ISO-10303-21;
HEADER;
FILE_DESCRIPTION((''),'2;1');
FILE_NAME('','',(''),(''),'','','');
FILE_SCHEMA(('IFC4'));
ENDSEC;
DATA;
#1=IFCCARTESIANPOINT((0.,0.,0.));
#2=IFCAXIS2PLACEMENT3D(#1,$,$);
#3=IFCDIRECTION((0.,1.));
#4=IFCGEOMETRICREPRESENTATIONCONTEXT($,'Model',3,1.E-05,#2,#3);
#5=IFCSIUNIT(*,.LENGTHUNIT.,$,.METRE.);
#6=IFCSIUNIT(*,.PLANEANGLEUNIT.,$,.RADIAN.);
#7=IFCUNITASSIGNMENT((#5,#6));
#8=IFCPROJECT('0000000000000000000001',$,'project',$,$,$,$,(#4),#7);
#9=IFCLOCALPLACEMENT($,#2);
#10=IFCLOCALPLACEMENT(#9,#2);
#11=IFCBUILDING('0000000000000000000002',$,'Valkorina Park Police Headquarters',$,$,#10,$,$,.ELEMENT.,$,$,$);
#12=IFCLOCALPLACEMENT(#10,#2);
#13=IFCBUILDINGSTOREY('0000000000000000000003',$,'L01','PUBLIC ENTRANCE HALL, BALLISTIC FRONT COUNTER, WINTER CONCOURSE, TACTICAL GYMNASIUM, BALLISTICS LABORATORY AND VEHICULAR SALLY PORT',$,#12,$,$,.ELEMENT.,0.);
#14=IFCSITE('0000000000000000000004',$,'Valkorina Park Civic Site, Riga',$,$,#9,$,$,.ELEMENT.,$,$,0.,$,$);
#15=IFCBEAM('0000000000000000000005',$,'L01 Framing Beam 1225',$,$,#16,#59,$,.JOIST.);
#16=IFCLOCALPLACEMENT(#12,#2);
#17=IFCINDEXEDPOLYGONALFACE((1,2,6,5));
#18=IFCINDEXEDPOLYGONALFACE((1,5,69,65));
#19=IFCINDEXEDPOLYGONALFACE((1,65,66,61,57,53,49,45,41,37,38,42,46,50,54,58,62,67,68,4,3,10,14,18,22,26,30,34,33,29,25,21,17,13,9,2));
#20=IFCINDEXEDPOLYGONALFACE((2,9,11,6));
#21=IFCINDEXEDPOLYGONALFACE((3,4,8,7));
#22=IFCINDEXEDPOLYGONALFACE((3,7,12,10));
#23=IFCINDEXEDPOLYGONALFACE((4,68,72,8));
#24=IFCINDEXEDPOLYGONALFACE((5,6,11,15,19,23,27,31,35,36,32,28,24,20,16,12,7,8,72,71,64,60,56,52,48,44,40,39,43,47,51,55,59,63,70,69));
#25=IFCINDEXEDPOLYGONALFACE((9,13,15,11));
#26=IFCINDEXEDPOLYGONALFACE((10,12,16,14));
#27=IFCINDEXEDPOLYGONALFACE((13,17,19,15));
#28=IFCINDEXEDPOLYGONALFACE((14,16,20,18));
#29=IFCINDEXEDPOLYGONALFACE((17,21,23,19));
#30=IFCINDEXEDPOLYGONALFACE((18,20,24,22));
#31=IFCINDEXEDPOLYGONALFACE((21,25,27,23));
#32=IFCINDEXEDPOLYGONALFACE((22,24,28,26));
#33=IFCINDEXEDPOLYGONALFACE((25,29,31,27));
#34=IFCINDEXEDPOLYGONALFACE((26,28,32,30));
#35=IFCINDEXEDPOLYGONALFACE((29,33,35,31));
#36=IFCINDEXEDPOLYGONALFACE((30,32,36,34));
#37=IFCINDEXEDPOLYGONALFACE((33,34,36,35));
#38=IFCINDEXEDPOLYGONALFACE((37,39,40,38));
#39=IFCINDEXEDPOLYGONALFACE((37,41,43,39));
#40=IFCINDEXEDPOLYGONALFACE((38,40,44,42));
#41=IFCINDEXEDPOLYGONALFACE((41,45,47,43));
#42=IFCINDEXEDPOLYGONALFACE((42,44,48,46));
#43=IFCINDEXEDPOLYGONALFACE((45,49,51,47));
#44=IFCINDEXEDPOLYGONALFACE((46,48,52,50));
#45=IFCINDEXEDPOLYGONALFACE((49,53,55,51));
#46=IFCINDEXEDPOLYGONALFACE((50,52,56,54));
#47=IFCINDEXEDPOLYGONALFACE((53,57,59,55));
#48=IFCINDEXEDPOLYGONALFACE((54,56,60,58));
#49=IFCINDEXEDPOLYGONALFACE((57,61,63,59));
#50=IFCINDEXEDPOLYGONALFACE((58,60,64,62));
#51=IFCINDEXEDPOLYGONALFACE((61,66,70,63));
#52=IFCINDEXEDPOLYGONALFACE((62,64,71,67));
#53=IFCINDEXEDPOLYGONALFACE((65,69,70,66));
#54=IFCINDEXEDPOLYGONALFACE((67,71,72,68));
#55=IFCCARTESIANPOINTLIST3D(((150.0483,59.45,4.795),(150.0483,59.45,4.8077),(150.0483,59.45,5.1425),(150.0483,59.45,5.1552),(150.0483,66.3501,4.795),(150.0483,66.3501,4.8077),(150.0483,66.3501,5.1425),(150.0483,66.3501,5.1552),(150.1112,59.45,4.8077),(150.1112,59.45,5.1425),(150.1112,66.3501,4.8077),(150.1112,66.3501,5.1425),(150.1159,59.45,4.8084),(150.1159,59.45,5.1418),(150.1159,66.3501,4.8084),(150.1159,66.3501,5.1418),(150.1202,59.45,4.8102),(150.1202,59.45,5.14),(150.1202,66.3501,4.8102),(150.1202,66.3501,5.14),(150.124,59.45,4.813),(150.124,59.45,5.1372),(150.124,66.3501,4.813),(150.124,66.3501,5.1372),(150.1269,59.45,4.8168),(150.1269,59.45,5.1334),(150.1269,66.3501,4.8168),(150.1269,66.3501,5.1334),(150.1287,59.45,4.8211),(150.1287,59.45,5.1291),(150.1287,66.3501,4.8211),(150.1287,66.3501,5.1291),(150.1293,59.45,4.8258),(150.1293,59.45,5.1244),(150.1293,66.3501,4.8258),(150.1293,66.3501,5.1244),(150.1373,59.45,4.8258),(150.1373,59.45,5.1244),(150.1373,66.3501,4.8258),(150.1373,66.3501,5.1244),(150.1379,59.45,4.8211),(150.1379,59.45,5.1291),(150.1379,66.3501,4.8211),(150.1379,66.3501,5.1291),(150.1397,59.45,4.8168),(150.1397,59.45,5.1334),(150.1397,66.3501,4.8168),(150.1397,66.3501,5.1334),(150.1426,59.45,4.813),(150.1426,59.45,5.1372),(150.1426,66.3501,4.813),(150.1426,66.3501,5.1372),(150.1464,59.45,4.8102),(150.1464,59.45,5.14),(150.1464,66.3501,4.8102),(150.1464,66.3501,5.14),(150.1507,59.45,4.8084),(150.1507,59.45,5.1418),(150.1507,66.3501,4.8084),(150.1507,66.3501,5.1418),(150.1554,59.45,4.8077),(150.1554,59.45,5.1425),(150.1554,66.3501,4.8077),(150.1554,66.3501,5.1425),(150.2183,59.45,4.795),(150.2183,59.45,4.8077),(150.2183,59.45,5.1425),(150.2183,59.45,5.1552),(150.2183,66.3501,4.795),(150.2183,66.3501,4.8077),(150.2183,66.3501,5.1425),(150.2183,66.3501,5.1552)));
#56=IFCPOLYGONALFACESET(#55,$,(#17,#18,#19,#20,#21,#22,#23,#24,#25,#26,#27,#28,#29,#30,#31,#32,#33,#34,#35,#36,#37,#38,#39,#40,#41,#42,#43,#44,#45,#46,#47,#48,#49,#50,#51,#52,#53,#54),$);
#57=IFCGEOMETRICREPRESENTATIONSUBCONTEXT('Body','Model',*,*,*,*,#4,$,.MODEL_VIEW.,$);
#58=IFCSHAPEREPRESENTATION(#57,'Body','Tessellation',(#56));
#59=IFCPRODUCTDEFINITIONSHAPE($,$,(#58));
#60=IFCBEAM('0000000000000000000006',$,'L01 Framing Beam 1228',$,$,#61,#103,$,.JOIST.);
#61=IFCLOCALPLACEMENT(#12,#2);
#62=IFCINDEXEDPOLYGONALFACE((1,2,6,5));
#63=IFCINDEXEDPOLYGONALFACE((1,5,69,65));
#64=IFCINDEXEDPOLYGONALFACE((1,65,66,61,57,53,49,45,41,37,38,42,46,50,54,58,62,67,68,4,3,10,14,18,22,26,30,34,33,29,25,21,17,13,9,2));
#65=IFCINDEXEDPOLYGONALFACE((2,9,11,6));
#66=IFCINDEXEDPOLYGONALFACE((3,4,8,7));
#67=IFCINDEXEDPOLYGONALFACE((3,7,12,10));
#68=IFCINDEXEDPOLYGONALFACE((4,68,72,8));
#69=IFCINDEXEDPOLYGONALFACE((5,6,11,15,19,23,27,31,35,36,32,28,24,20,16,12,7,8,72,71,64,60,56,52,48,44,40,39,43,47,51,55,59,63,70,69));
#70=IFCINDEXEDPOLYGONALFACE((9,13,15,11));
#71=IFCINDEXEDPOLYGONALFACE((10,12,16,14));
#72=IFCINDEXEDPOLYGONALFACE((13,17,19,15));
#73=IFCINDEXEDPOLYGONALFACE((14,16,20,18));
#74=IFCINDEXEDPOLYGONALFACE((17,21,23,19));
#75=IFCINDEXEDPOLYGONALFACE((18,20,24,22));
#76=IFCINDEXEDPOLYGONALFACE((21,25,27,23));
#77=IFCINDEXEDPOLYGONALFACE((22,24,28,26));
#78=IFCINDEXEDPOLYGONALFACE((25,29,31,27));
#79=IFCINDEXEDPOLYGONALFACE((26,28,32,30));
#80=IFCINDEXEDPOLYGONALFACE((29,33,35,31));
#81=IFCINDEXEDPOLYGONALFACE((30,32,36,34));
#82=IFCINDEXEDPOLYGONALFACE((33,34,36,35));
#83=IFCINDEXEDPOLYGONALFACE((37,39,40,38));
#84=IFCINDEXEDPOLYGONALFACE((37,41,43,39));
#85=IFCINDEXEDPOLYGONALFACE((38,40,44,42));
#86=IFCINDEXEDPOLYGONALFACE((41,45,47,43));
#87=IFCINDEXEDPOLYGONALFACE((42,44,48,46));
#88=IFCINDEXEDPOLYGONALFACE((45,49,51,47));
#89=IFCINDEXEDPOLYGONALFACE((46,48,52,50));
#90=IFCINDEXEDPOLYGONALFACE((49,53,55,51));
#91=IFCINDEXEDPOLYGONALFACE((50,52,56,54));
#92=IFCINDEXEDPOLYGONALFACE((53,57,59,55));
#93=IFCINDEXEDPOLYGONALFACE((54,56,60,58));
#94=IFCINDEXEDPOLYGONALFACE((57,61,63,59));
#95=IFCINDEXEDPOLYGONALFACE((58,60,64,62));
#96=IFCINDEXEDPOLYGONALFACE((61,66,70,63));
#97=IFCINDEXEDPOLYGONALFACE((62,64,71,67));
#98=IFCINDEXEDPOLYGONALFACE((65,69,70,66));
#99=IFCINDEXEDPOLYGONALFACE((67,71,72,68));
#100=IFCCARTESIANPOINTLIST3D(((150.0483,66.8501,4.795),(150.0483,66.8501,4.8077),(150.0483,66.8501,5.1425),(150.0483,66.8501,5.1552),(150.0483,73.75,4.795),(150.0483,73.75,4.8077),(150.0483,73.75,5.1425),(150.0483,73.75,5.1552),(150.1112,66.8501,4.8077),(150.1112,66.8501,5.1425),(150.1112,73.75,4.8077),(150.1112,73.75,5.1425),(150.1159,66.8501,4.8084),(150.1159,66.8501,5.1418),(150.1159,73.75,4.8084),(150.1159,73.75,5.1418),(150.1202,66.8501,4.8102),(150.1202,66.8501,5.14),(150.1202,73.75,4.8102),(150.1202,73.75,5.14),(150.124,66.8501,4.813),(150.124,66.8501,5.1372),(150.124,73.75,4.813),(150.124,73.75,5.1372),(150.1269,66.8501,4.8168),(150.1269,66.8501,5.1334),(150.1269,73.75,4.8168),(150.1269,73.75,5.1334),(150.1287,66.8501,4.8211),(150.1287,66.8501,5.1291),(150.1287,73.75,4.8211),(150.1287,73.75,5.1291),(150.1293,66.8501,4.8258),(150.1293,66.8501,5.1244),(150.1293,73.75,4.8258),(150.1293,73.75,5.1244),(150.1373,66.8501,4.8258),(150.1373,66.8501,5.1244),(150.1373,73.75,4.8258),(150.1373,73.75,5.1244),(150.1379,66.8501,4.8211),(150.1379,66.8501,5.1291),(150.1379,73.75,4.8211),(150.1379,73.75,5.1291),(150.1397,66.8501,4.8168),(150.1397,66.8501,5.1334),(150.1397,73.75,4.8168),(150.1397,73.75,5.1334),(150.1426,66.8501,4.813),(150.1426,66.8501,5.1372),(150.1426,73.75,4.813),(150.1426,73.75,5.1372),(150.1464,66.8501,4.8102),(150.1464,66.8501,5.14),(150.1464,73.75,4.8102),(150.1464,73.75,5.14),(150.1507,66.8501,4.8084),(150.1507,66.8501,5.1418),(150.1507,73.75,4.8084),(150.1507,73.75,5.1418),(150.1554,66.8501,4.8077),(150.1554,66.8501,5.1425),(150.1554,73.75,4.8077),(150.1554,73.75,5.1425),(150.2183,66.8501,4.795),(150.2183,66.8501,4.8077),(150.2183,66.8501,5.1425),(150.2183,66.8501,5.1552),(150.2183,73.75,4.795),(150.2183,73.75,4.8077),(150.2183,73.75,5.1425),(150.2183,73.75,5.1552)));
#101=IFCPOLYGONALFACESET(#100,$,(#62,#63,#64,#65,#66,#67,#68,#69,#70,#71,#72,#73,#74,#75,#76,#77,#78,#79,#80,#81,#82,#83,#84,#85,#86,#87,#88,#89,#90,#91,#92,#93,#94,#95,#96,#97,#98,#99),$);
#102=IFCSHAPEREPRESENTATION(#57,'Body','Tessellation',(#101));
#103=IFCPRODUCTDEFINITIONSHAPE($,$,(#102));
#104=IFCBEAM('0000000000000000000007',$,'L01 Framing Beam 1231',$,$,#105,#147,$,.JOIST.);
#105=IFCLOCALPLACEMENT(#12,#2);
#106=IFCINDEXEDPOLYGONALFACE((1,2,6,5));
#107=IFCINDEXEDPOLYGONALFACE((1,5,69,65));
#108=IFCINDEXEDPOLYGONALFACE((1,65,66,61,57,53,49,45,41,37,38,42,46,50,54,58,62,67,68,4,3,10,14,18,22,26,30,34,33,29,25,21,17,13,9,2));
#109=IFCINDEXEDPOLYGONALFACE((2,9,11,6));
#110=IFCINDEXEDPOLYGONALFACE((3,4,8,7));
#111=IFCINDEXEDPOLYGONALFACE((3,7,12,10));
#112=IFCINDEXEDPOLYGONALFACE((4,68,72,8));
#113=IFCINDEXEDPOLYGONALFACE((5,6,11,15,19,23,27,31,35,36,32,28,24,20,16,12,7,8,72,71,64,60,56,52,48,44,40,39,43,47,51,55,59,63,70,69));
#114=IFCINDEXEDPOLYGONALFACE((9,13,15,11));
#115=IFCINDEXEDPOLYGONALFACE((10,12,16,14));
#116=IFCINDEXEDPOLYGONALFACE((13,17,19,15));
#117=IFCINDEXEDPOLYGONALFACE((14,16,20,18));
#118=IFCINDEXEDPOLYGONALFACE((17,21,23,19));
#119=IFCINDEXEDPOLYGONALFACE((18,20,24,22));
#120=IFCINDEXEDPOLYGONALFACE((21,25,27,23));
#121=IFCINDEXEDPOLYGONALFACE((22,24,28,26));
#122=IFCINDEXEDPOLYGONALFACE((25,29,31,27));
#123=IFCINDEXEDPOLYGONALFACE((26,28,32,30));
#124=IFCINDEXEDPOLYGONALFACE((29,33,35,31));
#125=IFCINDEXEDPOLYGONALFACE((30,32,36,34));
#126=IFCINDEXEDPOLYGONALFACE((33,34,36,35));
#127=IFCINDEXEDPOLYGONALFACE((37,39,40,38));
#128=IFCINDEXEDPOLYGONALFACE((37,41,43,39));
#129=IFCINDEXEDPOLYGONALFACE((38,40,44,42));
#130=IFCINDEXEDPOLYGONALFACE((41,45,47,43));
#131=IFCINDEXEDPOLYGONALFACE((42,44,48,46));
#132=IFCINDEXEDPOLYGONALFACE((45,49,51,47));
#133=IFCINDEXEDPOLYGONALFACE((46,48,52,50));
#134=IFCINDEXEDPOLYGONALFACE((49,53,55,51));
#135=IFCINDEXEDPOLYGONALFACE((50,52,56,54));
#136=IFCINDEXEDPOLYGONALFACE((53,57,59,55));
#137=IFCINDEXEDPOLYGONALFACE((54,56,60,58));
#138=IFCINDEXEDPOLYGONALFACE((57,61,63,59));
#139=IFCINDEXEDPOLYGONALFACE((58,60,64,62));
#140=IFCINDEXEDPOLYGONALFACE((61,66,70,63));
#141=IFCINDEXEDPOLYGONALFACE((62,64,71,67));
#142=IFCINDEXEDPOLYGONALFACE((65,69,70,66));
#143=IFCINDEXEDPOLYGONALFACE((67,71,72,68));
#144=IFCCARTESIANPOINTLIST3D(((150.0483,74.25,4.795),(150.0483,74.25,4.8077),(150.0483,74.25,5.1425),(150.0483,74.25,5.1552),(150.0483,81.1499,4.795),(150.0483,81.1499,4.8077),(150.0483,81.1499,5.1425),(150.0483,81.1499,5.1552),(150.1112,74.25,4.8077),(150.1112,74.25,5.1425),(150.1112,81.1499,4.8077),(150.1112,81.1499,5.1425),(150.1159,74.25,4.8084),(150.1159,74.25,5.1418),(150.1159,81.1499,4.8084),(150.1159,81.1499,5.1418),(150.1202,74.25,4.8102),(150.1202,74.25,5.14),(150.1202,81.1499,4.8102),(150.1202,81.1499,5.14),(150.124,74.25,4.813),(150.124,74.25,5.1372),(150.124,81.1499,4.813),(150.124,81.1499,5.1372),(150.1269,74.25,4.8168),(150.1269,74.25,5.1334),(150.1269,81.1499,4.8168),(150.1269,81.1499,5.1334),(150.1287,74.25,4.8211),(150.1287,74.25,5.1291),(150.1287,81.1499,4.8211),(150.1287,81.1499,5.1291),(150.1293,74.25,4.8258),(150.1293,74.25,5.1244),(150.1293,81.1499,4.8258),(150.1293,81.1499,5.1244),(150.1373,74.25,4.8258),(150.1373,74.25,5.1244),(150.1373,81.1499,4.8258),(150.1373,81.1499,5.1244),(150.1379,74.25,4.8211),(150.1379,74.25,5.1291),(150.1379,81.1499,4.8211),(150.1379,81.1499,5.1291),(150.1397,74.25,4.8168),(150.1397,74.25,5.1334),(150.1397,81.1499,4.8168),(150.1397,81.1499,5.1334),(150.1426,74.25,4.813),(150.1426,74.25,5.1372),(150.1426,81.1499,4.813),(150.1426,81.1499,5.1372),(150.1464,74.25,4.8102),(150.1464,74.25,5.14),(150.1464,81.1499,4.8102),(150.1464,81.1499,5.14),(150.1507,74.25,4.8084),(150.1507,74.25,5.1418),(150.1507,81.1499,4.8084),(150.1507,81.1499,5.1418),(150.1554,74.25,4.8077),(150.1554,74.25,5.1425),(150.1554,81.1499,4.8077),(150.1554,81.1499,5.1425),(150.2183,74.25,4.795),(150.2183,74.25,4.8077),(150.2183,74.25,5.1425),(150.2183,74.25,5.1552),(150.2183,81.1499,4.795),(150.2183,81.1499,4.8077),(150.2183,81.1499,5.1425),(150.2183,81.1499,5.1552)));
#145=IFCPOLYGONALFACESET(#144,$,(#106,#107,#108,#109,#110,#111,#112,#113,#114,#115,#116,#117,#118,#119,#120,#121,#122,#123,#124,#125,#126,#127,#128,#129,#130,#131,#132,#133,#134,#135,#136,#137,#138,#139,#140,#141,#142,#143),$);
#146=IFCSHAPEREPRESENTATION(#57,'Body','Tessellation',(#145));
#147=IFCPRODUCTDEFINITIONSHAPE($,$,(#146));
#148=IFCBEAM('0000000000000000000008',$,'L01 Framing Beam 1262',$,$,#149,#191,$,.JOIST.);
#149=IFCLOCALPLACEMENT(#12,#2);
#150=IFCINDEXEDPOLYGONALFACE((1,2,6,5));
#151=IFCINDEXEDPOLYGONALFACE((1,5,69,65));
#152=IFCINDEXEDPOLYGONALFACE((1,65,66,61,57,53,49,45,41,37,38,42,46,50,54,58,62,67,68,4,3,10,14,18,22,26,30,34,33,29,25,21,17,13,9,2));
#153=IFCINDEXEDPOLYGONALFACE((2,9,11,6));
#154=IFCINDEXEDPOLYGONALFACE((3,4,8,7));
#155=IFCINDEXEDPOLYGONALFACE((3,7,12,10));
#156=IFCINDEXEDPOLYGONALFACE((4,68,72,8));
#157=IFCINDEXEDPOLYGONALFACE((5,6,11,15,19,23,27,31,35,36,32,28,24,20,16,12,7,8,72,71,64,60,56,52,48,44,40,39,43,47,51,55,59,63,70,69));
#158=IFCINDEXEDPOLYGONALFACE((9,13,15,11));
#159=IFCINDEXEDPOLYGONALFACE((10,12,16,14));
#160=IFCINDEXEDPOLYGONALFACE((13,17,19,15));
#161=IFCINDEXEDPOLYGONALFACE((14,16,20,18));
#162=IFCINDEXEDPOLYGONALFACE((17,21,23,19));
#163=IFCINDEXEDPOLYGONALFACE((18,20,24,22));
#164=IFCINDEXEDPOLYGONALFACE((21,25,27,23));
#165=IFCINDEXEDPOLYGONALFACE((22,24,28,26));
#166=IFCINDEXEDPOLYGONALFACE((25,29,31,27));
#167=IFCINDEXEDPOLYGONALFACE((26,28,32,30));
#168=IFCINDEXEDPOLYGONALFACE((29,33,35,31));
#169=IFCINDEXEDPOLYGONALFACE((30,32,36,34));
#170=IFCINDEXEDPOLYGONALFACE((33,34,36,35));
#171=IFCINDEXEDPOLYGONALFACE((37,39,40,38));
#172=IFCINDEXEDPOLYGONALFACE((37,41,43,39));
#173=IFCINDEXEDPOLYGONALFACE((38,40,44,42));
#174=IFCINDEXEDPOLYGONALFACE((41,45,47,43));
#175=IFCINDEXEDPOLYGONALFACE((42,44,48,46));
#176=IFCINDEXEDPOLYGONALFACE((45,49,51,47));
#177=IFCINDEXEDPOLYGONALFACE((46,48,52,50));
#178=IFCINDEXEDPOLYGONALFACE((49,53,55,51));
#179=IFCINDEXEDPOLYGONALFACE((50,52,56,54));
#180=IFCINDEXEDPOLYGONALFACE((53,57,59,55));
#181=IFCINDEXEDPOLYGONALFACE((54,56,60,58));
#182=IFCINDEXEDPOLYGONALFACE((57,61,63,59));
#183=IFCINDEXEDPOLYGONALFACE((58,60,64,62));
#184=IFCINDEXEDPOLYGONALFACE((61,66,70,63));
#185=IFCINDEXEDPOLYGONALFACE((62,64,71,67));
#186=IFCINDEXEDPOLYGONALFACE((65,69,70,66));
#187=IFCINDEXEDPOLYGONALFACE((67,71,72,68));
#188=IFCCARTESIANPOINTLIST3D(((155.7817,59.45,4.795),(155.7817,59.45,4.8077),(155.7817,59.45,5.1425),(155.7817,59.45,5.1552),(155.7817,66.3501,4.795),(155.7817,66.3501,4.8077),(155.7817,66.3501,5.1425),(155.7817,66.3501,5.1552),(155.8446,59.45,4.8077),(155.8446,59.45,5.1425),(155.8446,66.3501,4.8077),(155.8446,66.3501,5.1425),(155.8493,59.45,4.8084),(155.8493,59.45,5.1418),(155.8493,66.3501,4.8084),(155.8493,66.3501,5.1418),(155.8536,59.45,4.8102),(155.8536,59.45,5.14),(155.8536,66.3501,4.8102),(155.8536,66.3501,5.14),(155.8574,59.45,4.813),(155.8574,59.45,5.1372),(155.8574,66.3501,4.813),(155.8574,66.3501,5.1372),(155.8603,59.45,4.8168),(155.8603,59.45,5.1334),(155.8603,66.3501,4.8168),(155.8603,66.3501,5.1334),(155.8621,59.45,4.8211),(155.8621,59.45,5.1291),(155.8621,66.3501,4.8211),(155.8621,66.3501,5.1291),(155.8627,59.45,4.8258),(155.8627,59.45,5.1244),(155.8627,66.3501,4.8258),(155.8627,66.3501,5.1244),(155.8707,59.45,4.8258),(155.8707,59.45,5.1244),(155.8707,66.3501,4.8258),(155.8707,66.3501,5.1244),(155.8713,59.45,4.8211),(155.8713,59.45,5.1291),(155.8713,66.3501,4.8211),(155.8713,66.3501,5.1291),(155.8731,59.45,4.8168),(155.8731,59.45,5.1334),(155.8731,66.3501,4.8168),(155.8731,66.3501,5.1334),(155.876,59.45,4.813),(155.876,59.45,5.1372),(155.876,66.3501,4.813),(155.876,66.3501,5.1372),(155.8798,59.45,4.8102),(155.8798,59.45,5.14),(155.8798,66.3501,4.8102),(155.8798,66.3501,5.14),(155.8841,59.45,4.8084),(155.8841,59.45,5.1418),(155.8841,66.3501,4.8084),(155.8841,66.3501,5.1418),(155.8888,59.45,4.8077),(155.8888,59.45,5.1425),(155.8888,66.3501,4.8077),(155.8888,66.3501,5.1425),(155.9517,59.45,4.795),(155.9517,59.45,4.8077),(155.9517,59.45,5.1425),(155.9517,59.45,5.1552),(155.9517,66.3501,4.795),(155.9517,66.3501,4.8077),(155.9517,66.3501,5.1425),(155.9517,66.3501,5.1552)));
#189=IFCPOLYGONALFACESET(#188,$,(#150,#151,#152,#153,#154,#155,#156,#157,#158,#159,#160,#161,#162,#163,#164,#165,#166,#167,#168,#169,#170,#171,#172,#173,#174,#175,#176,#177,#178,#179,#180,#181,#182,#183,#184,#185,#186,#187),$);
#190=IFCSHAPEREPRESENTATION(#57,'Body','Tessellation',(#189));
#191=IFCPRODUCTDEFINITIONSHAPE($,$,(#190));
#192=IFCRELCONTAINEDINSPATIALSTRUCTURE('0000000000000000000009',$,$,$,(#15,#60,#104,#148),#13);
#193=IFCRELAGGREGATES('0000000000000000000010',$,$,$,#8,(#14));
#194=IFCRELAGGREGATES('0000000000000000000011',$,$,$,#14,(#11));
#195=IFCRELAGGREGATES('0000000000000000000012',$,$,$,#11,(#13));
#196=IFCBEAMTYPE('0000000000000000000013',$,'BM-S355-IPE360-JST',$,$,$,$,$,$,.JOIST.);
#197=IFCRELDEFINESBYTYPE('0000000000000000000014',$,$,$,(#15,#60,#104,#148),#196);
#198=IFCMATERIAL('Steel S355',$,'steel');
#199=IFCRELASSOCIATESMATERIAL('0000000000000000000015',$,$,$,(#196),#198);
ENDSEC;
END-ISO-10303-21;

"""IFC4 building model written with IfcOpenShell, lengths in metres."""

from ifc_helpers import new_model, si_unit, direction, frame, origin, origin_2d, place, context, subcontext, project, spatial, i_section, extrude, material, material_profile, profile_set, type_object, element, save


model = new_model("IFC4")

# Units and contexts
model_context = context("Model", 3, precision=1e-05, world=origin(), true_north=direction((0.0, 1.0)))
body_context = subcontext(model_context, "Body", "Model", "MODEL_VIEW")
ifc_project = project(units=[si_unit("LENGTHUNIT", "METRE"), si_unit("PLANEANGLEUNIT", "RADIAN")], contexts=[model_context])

# Site, building, storey
site_placement = place(None, origin())
site = spatial("IfcSite", under=ifc_project, at=site_placement, Name="Valkorina Park Civic Site, Riga", CompositionType="ELEMENT", RefElevation=0.0)
building_placement = place(site_placement, origin())
building = spatial("IfcBuilding", under=site, at=building_placement, Name="Valkorina Park Police Headquarters", CompositionType="ELEMENT")
storey_placement = place(building_placement, origin())
storey = spatial("IfcBuildingStorey", under=building, at=storey_placement, Name="L01", Description="PUBLIC ENTRANCE HALL, BALLISTIC FRONT COUNTER, WINTER CONCOURSE, TACTICAL GYMNASIUM, BALLISTICS LABORATORY AND VEHICULAR SALLY PORT", CompositionType="ELEMENT", Elevation=0.0)

# Beams
ifc_material_1 = material(Name="Steel S355", Category="steel")
ifc_material_profile_1 = material_profile(ifc_material_1, i_section(OverallWidth=0.1699, OverallDepth=0.3601, WebThickness=0.0081, FlangeThickness=0.0127, FilletRadius=0.0181, at=origin_2d()), Name="IPE 360")
ifc_profile_set_1 = profile_set([ifc_material_profile_1], Name="Steel S355")
beam_type_1 = type_object("IfcBeamType", Name="BM-S355-IPE360-JST", PredefinedType="JOIST", material=ifc_profile_set_1)
beam_placement = place(storey_placement, frame((150.1333, 59.45, 4.9751), z_axis=(0.0, 1.0, 0.0), x_axis=(-1.0, 0.0, 0.0)))
element("IfcBeam", 1, at=beam_placement, inside=storey, type_object=beam_type_1, Name="L01 Framing Beam 1225", PredefinedType="JOIST", context=body_context, shape_type="SweptSolid", body=[
    extrude(i_section(OverallWidth=0.1699, OverallDepth=0.3601, WebThickness=0.0081, FlangeThickness=0.0127, FilletRadius=0.0181, at=origin_2d()), origin(), (0.0, 0.0, 1.0), 6.9001),
])
for number, where, z_axis, x_axis, name in (
    (2, (150.1333, 66.8501, 4.9751), (0.0, 1.0, 0.0), (-1.0, 0.0, 0.0), "L01 Framing Beam 1228"),
    (3, (150.1333, 74.25, 4.9751), (0.0, 1.0, 0.0), (-1.0, 0.0, 0.0), "L01 Framing Beam 1231"),
):
    element("IfcBeam", number, at=place(storey_placement, frame(where, z_axis=z_axis, x_axis=x_axis)), inside=storey, type_object=beam_type_1, Name=name, PredefinedType="JOIST", context=body_context, shape_type="SweptSolid", body=[
        extrude(i_section(OverallWidth=0.1699, OverallDepth=0.3601, WebThickness=0.0081, FlangeThickness=0.0127, FilletRadius=0.0181, at=origin_2d()), origin(), (0.0, 0.0, 1.0), 6.8999),
    ])
for number, where, z_axis, x_axis, name in (
    (4, (155.8667, 59.45, 4.9751), (0.0, 1.0, 0.0), (-1.0, 0.0, 0.0), "L01 Framing Beam 1262"),
):
    element("IfcBeam", number, at=place(storey_placement, frame(where, z_axis=z_axis, x_axis=x_axis)), inside=storey, type_object=beam_type_1, Name=name, PredefinedType="JOIST", context=body_context, shape_type="SweptSolid", body=[
        extrude(i_section(OverallWidth=0.1699, OverallDepth=0.3601, WebThickness=0.0081, FlangeThickness=0.0127, FilletRadius=0.0181, at=origin_2d()), origin(), (0.0, 0.0, 1.0), 6.9001),
    ])

save(model, "model.ifc")
